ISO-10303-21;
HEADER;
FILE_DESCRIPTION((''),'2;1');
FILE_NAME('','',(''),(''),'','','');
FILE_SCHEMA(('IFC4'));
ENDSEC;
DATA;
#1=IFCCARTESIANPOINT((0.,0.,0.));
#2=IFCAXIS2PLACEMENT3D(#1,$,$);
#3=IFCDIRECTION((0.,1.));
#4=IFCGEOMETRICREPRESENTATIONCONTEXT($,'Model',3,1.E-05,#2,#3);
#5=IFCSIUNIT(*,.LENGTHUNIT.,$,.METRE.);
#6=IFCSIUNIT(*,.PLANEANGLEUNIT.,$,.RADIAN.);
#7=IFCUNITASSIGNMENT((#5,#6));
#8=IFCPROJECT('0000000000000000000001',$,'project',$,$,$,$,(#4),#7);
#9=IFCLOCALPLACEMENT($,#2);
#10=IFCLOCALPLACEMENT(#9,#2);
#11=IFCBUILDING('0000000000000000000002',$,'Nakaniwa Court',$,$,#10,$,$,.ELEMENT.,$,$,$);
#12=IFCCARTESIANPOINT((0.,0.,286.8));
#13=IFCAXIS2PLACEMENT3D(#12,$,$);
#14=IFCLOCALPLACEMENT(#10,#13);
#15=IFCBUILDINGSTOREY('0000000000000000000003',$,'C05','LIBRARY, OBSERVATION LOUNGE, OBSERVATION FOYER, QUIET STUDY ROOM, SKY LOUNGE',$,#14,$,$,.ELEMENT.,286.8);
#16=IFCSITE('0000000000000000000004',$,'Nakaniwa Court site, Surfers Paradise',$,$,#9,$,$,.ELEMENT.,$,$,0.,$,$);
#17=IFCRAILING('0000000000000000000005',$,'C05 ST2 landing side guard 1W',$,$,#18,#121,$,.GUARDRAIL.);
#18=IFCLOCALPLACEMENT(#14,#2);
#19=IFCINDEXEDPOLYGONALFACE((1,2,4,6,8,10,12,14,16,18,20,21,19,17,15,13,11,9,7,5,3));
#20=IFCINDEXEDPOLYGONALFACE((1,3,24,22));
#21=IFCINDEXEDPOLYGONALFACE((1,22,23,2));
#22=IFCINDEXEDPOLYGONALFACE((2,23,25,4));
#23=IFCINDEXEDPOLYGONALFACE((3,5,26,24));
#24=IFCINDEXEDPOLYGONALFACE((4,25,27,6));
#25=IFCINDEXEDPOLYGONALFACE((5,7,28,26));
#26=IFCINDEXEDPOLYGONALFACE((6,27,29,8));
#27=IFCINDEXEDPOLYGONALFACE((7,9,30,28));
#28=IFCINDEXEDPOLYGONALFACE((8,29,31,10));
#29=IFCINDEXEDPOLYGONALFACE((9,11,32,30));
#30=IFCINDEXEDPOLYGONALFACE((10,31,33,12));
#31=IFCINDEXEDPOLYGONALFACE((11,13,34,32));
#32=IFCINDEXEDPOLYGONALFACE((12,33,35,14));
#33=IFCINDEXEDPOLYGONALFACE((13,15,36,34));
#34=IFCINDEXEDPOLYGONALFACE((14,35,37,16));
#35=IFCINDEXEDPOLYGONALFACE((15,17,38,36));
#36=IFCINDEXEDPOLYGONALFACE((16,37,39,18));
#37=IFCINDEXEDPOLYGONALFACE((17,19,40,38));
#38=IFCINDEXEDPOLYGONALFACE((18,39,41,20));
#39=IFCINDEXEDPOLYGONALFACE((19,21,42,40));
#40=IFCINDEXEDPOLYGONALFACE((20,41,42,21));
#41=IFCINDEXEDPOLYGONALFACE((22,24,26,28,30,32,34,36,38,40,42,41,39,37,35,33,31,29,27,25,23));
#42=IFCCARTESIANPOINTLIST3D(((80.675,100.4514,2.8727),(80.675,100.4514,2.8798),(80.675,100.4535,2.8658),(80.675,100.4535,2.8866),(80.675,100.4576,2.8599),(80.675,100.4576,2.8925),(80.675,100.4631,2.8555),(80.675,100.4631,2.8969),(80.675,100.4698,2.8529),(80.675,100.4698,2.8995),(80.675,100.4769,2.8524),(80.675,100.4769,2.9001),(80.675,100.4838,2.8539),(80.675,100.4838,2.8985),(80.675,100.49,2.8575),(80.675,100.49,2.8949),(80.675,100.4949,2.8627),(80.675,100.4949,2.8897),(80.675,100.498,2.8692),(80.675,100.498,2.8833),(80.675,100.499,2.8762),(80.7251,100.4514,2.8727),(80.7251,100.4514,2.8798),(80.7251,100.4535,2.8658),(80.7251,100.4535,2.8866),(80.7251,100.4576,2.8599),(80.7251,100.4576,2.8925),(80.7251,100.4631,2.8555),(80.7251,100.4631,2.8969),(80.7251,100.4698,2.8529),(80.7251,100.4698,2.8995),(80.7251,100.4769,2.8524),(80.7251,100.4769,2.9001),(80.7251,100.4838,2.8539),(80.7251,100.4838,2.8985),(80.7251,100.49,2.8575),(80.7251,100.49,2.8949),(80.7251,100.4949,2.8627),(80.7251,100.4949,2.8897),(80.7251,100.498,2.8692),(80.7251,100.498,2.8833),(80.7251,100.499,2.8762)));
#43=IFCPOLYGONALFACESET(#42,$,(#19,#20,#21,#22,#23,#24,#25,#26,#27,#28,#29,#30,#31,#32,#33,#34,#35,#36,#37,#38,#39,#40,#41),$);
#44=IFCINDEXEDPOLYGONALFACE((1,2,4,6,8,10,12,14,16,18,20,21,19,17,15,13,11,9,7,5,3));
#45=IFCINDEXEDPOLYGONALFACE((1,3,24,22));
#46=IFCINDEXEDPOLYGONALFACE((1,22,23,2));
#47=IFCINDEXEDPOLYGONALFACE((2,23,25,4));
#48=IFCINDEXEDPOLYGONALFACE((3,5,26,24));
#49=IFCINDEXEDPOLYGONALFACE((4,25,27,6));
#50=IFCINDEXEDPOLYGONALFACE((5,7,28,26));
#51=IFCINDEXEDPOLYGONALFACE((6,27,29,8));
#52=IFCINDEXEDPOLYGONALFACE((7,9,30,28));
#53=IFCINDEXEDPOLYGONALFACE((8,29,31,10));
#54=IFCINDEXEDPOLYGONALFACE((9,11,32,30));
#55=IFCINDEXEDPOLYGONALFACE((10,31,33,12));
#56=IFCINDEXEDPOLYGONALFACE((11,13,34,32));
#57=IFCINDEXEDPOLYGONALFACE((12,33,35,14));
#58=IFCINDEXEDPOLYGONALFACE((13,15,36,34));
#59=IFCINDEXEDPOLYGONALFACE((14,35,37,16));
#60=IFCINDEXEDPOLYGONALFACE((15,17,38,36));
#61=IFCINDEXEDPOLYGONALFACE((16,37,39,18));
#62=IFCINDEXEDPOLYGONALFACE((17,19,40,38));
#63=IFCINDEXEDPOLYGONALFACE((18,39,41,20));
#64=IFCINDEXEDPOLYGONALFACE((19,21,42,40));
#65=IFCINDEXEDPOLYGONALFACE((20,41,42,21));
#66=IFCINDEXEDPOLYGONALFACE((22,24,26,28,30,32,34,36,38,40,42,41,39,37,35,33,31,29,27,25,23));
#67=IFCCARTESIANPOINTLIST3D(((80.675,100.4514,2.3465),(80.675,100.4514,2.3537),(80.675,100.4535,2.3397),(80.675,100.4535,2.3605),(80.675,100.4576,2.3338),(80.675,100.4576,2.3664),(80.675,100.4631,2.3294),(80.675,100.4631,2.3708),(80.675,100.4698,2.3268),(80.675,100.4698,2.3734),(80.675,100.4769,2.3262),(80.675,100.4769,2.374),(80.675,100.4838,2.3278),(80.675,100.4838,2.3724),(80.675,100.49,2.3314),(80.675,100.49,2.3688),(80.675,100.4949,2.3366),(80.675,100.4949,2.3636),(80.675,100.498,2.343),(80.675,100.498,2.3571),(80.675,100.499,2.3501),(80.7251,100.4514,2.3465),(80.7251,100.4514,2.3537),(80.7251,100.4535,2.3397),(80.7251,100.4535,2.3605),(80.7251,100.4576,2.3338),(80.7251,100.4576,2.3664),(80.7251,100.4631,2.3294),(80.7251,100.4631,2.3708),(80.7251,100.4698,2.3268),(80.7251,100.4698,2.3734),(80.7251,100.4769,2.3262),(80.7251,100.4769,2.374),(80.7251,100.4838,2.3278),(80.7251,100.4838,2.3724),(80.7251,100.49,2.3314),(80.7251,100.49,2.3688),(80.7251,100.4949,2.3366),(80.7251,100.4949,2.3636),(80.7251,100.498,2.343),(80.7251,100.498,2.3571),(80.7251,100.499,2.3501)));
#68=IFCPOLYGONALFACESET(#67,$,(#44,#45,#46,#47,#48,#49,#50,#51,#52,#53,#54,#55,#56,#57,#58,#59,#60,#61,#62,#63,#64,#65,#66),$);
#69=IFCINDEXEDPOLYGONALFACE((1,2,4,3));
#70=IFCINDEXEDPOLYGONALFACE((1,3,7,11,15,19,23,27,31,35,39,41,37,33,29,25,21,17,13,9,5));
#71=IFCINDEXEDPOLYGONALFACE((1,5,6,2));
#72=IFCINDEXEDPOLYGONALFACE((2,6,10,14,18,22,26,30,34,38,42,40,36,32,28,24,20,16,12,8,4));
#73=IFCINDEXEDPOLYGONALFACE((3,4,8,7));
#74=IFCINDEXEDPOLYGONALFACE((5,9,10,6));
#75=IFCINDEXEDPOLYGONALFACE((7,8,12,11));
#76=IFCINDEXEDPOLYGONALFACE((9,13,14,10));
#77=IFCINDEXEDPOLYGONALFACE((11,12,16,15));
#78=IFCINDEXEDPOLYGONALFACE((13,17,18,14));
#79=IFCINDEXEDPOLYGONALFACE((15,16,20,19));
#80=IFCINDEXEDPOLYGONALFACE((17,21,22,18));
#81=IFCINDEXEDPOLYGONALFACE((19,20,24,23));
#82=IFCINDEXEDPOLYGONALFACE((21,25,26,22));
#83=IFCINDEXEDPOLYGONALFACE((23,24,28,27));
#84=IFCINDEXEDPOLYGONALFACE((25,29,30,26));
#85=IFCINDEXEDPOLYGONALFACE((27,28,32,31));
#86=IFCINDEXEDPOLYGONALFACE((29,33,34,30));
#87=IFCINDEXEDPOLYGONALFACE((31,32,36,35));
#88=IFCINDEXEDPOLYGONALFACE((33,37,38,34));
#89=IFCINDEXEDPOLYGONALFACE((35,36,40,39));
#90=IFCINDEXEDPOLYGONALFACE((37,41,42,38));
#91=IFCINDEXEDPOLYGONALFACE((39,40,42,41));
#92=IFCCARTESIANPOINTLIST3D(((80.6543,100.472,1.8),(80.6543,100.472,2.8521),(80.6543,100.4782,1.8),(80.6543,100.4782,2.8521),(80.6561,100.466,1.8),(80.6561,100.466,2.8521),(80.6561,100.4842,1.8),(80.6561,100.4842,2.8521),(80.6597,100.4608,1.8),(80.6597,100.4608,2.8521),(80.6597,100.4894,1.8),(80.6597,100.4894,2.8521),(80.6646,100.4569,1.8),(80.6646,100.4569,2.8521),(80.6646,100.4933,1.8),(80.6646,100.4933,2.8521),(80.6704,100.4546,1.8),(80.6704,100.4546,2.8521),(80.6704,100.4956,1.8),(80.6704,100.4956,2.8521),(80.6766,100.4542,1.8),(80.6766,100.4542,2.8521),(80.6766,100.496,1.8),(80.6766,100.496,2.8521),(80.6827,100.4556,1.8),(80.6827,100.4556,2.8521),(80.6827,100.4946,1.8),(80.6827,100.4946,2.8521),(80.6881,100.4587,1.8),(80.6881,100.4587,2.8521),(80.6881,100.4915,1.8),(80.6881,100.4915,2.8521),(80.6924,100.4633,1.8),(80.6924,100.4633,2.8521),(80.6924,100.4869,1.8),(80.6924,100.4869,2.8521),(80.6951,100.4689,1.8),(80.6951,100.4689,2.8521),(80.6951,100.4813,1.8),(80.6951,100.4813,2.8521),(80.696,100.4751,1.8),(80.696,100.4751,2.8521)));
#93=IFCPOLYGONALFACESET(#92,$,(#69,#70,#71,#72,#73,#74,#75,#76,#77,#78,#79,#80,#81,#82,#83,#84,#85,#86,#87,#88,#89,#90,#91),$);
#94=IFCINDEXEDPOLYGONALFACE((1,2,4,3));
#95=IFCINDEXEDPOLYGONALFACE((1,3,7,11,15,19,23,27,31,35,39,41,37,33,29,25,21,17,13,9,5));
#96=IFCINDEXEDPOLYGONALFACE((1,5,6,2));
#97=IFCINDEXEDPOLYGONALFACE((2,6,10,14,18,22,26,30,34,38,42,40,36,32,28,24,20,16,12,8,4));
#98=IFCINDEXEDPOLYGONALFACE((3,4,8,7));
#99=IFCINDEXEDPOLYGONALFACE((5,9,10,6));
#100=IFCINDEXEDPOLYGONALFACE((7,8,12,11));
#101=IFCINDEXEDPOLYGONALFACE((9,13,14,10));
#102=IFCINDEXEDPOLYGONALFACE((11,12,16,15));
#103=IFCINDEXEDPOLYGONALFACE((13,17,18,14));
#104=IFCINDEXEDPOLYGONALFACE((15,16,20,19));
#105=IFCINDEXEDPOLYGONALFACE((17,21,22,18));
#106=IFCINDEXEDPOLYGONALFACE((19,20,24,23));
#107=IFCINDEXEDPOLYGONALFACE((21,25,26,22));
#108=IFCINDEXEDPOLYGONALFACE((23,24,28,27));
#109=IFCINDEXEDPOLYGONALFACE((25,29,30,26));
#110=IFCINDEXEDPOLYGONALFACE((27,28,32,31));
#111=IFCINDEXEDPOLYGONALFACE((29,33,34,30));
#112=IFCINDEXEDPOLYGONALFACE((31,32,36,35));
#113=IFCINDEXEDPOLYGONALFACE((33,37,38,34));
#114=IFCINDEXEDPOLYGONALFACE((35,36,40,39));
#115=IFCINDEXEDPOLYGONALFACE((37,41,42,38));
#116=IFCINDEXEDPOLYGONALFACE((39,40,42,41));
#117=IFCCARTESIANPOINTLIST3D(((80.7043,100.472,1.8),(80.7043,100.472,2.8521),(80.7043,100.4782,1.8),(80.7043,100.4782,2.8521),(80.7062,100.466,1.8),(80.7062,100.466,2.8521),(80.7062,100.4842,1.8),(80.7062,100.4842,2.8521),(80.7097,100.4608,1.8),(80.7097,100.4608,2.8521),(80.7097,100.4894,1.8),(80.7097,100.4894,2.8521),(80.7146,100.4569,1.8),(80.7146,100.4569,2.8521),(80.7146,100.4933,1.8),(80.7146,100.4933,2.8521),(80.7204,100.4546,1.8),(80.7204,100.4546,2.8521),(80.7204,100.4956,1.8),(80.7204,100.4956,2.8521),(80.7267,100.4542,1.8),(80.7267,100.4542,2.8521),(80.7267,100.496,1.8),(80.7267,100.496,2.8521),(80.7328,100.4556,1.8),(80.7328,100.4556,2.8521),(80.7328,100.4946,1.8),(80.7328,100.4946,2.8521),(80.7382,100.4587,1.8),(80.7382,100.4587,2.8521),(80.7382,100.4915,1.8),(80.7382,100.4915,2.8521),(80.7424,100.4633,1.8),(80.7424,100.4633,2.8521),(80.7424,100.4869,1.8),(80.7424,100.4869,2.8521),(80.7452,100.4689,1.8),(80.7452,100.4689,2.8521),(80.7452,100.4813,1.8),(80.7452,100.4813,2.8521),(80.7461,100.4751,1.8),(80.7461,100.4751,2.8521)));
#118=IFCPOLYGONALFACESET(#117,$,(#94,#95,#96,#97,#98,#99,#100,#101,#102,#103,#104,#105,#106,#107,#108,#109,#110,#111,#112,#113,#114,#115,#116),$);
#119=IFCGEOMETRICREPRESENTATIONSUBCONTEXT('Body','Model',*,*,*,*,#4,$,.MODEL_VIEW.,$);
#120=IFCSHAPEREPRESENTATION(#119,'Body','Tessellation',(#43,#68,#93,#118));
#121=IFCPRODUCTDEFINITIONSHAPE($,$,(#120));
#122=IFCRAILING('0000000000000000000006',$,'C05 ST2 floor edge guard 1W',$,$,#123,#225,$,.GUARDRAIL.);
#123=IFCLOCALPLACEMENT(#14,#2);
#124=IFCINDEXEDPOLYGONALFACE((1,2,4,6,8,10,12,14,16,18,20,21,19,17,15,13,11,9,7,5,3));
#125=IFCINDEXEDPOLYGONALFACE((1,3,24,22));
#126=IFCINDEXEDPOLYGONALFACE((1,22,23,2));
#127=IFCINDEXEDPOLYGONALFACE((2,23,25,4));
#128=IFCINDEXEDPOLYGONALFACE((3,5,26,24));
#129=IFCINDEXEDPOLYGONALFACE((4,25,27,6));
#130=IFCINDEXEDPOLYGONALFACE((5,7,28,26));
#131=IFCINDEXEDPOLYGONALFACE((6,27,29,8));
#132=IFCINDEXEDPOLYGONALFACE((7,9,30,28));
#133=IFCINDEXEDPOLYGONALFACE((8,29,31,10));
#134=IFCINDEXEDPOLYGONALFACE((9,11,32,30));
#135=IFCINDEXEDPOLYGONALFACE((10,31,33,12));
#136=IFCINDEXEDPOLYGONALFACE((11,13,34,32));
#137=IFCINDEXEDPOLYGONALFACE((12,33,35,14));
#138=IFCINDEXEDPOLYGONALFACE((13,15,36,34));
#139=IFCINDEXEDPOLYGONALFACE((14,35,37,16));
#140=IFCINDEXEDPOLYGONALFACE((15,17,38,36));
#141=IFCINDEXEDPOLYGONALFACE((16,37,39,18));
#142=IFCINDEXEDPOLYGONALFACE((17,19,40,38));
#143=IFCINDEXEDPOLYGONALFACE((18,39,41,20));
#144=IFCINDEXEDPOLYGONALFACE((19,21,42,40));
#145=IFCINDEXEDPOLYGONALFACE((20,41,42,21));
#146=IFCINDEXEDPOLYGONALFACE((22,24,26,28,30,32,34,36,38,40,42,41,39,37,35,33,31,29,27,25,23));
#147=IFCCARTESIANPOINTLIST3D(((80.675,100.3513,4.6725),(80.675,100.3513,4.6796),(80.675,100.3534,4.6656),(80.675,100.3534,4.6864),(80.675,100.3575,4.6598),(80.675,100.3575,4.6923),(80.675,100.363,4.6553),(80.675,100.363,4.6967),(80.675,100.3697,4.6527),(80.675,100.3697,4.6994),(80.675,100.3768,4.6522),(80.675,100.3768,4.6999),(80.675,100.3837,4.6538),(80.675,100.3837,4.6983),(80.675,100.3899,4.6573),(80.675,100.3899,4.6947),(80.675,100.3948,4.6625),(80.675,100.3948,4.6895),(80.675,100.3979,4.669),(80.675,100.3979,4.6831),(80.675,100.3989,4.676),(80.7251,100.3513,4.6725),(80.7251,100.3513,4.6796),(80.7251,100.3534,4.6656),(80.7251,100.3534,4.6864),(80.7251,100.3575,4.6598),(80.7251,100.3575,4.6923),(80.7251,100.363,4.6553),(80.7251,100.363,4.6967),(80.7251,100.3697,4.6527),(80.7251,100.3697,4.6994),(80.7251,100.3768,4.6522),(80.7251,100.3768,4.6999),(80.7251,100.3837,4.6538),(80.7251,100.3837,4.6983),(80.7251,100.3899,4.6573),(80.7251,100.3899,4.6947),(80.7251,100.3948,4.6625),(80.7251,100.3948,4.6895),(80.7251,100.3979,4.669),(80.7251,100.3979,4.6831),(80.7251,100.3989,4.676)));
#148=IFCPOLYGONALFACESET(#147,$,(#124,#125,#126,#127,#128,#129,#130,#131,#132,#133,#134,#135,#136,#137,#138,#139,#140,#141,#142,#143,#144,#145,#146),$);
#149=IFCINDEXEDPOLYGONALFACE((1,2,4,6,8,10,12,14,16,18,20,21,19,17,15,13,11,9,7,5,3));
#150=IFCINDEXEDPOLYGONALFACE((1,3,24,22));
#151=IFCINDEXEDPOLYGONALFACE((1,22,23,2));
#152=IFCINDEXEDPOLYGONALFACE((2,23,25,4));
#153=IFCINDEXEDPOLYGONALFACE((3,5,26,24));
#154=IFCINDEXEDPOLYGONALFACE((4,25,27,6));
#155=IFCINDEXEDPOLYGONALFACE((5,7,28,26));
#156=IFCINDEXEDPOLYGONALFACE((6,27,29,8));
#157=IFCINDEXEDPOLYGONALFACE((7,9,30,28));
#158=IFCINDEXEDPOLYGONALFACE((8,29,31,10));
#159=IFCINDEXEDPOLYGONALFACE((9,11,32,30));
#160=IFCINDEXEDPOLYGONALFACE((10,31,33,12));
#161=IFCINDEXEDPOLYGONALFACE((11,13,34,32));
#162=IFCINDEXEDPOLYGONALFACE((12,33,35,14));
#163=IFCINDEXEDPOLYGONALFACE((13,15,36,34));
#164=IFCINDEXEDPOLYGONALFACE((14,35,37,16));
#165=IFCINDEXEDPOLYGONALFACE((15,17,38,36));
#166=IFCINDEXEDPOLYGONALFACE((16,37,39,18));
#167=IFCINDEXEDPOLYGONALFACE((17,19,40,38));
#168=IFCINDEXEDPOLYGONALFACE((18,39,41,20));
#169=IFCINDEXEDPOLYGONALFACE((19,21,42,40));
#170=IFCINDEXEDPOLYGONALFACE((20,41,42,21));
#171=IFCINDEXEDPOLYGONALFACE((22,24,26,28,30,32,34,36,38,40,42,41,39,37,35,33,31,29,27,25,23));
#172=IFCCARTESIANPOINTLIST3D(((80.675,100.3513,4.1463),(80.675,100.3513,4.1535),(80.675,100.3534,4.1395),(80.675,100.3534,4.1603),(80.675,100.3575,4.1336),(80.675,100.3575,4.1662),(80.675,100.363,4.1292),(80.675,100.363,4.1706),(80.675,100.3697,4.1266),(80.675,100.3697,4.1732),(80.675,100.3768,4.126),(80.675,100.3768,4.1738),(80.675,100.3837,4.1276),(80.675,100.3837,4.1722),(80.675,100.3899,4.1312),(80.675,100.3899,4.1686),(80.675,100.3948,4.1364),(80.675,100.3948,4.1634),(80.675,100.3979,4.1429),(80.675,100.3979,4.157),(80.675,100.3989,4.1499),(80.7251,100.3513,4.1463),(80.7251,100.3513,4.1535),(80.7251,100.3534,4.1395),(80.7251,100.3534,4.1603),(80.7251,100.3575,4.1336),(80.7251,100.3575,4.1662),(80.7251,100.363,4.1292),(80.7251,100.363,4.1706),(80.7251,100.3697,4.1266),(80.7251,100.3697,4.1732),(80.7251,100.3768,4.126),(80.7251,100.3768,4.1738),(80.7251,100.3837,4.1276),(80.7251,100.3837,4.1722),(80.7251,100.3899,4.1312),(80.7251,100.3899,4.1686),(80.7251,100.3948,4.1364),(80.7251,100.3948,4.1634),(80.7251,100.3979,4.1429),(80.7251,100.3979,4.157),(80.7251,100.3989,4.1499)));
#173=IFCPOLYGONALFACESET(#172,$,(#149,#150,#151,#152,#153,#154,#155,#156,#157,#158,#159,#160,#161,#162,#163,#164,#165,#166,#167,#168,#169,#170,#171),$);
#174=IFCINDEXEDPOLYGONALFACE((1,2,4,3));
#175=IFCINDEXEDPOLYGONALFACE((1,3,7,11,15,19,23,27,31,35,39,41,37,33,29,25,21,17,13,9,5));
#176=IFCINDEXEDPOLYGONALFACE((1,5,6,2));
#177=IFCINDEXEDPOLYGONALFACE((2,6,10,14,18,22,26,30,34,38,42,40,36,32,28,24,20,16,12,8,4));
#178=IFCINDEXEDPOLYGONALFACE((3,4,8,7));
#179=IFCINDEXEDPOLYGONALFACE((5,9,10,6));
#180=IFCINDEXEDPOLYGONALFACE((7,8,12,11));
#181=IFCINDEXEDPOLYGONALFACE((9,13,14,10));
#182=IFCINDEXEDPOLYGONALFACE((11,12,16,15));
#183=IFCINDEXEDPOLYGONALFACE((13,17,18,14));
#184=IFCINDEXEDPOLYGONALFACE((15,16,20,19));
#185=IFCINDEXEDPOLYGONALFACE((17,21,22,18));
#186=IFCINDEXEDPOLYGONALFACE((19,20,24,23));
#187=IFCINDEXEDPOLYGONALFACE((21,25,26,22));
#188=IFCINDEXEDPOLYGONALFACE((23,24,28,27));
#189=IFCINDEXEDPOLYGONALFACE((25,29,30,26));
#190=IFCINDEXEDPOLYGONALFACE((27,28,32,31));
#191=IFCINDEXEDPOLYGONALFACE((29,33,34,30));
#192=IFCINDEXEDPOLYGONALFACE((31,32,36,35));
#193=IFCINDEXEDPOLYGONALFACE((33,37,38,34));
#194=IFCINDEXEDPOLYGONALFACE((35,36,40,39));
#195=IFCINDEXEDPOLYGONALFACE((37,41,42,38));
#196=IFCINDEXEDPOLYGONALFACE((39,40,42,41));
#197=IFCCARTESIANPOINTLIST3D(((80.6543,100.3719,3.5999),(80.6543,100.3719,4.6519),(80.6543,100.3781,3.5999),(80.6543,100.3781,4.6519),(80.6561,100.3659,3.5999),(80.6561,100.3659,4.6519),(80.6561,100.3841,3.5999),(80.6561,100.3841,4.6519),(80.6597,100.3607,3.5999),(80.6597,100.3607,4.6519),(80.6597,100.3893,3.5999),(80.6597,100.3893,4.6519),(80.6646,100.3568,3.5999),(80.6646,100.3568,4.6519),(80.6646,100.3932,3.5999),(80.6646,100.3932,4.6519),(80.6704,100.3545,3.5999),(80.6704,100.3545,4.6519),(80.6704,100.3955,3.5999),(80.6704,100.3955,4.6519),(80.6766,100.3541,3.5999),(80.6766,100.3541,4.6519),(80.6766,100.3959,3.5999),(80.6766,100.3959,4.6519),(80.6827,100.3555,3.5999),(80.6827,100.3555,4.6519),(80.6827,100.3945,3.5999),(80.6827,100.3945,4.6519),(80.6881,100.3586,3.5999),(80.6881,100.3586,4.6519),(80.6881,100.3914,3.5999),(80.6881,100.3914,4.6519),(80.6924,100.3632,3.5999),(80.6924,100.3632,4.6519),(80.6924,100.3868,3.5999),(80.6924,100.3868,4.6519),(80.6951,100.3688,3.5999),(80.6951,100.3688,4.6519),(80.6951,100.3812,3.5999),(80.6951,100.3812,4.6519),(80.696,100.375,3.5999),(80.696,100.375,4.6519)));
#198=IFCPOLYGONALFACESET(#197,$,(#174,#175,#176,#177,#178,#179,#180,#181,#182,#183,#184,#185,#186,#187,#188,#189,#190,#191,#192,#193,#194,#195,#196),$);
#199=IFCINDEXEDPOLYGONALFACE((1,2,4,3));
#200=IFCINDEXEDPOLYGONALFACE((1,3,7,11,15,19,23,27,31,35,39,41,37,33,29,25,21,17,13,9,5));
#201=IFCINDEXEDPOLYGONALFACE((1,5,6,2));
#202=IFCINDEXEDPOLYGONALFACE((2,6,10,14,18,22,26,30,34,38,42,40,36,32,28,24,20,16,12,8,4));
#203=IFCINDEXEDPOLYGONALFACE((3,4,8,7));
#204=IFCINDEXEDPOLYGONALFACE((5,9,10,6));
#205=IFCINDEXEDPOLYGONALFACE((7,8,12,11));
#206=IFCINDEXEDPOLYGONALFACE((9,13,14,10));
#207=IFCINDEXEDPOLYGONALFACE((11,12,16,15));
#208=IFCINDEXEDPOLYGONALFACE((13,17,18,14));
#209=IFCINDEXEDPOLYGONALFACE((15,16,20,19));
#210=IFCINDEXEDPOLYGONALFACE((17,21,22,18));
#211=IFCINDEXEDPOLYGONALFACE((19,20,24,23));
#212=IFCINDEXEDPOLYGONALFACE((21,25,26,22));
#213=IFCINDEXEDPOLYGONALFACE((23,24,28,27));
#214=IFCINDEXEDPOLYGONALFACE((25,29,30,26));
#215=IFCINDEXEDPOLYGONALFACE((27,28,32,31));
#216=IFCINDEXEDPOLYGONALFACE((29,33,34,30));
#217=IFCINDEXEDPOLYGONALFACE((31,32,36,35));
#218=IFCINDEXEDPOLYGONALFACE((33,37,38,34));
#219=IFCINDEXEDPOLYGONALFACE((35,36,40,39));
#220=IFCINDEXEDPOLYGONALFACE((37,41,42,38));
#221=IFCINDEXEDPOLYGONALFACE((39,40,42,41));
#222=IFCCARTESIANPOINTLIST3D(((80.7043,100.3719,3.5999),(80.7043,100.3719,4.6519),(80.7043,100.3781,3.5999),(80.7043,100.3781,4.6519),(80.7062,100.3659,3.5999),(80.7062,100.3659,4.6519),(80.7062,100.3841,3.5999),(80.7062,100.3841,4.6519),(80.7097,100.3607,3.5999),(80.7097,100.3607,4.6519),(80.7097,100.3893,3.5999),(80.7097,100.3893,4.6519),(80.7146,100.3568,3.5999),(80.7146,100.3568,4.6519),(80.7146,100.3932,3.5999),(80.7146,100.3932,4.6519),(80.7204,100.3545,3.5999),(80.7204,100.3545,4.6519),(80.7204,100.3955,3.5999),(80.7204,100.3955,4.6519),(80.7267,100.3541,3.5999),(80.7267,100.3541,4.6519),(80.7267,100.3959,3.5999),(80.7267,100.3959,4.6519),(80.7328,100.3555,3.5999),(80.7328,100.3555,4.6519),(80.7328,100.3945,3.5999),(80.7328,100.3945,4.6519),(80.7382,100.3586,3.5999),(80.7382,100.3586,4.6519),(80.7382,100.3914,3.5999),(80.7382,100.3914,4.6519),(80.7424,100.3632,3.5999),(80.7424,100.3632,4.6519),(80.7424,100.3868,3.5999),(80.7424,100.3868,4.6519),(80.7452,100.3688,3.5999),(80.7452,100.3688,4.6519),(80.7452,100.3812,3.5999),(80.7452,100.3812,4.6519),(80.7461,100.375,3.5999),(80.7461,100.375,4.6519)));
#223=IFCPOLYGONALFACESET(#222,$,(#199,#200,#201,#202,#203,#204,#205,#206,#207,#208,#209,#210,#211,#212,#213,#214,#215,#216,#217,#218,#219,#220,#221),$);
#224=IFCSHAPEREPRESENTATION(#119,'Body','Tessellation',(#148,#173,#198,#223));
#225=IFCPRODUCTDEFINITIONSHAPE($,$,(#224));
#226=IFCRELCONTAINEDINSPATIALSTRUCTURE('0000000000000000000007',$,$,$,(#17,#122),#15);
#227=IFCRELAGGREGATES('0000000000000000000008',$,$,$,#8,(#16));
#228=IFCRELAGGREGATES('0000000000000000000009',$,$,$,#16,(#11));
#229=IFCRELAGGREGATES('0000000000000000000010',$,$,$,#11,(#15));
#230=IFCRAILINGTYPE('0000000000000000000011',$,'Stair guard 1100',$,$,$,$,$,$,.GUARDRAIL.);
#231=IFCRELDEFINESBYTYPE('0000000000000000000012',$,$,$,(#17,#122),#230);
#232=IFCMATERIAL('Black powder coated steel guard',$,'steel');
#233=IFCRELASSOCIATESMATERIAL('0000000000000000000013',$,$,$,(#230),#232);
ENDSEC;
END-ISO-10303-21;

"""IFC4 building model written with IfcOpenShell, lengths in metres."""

from ifc_helpers import new_model, si_unit, direction, frame, origin, origin_2d, place, context, subcontext, project, spatial, circle, extrude, material, type_object, element, save


model = new_model("IFC4")

# Units and contexts
model_context = context("Model", 3, precision=1e-05, world=origin(), true_north=direction((0.0, 1.0)))
body_context = subcontext(model_context, "Body", "Model", "MODEL_VIEW")
ifc_project = project(units=[si_unit("LENGTHUNIT", "METRE"), si_unit("PLANEANGLEUNIT", "RADIAN")], contexts=[model_context])

# Site, building, storey
site_placement = place(None, origin())
site = spatial("IfcSite", under=ifc_project, at=site_placement, Name="Nakaniwa Court site, Surfers Paradise", CompositionType="ELEMENT", RefElevation=0.0)
building_placement = place(site_placement, origin())
building = spatial("IfcBuilding", under=site, at=building_placement, Name="Nakaniwa Court", CompositionType="ELEMENT")
storey_placement = place(building_placement, frame((0.0, 0.0, 286.8)))
storey = spatial("IfcBuildingStorey", under=building, at=storey_placement, Name="C05", Description="LIBRARY, OBSERVATION LOUNGE, OBSERVATION FOYER, QUIET STUDY ROOM, SKY LOUNGE", CompositionType="ELEMENT", Elevation=286.8)

# Railings
ifc_material_1 = material(Name="Black powder coated steel guard", Category="steel")
railing_type_1 = type_object("IfcRailingType", Name="Stair guard 1100", PredefinedType="GUARDRAIL", material=ifc_material_1)
for number, where, name in (
    (1, (80.675, 100.4751, 1.8), "C05 ST2 landing side guard 1W"),
    (2, (80.675, 100.375, 3.5999), "C05 ST2 floor edge guard 1W"),
):
    element("IfcRailing", number, at=place(storey_placement, frame(where)), inside=storey, type_object=railing_type_1, Name=name, PredefinedType="GUARDRAIL", context=body_context, shape_type="SweptSolid", body=[
        extrude(circle(Radius=0.0239, at=origin_2d()), frame((0.0, 0.0, 1.0762), z_axis=(1.0, 0.0, 0.0), x_axis=(0.0, 1.0, 0.0)), (0.0, 0.0, 1.0), 0.05),
        extrude(circle(Radius=0.0239, at=origin_2d()), frame((0.0, 0.0, 0.55), z_axis=(1.0, 0.0, 0.0), x_axis=(0.0, 1.0, 0.0)), (0.0, 0.0, 1.0), 0.05),
        extrude(circle(Radius=0.021, at=origin_2d()), origin(), (0.0, 0.0, 1.0), 1.052),
        extrude(circle(Radius=0.021, at=origin_2d()), frame((0.05, 0.0, 0.0)), (0.0, 0.0, 1.0), 1.052),
    ])

save(model, "model.ifc")
